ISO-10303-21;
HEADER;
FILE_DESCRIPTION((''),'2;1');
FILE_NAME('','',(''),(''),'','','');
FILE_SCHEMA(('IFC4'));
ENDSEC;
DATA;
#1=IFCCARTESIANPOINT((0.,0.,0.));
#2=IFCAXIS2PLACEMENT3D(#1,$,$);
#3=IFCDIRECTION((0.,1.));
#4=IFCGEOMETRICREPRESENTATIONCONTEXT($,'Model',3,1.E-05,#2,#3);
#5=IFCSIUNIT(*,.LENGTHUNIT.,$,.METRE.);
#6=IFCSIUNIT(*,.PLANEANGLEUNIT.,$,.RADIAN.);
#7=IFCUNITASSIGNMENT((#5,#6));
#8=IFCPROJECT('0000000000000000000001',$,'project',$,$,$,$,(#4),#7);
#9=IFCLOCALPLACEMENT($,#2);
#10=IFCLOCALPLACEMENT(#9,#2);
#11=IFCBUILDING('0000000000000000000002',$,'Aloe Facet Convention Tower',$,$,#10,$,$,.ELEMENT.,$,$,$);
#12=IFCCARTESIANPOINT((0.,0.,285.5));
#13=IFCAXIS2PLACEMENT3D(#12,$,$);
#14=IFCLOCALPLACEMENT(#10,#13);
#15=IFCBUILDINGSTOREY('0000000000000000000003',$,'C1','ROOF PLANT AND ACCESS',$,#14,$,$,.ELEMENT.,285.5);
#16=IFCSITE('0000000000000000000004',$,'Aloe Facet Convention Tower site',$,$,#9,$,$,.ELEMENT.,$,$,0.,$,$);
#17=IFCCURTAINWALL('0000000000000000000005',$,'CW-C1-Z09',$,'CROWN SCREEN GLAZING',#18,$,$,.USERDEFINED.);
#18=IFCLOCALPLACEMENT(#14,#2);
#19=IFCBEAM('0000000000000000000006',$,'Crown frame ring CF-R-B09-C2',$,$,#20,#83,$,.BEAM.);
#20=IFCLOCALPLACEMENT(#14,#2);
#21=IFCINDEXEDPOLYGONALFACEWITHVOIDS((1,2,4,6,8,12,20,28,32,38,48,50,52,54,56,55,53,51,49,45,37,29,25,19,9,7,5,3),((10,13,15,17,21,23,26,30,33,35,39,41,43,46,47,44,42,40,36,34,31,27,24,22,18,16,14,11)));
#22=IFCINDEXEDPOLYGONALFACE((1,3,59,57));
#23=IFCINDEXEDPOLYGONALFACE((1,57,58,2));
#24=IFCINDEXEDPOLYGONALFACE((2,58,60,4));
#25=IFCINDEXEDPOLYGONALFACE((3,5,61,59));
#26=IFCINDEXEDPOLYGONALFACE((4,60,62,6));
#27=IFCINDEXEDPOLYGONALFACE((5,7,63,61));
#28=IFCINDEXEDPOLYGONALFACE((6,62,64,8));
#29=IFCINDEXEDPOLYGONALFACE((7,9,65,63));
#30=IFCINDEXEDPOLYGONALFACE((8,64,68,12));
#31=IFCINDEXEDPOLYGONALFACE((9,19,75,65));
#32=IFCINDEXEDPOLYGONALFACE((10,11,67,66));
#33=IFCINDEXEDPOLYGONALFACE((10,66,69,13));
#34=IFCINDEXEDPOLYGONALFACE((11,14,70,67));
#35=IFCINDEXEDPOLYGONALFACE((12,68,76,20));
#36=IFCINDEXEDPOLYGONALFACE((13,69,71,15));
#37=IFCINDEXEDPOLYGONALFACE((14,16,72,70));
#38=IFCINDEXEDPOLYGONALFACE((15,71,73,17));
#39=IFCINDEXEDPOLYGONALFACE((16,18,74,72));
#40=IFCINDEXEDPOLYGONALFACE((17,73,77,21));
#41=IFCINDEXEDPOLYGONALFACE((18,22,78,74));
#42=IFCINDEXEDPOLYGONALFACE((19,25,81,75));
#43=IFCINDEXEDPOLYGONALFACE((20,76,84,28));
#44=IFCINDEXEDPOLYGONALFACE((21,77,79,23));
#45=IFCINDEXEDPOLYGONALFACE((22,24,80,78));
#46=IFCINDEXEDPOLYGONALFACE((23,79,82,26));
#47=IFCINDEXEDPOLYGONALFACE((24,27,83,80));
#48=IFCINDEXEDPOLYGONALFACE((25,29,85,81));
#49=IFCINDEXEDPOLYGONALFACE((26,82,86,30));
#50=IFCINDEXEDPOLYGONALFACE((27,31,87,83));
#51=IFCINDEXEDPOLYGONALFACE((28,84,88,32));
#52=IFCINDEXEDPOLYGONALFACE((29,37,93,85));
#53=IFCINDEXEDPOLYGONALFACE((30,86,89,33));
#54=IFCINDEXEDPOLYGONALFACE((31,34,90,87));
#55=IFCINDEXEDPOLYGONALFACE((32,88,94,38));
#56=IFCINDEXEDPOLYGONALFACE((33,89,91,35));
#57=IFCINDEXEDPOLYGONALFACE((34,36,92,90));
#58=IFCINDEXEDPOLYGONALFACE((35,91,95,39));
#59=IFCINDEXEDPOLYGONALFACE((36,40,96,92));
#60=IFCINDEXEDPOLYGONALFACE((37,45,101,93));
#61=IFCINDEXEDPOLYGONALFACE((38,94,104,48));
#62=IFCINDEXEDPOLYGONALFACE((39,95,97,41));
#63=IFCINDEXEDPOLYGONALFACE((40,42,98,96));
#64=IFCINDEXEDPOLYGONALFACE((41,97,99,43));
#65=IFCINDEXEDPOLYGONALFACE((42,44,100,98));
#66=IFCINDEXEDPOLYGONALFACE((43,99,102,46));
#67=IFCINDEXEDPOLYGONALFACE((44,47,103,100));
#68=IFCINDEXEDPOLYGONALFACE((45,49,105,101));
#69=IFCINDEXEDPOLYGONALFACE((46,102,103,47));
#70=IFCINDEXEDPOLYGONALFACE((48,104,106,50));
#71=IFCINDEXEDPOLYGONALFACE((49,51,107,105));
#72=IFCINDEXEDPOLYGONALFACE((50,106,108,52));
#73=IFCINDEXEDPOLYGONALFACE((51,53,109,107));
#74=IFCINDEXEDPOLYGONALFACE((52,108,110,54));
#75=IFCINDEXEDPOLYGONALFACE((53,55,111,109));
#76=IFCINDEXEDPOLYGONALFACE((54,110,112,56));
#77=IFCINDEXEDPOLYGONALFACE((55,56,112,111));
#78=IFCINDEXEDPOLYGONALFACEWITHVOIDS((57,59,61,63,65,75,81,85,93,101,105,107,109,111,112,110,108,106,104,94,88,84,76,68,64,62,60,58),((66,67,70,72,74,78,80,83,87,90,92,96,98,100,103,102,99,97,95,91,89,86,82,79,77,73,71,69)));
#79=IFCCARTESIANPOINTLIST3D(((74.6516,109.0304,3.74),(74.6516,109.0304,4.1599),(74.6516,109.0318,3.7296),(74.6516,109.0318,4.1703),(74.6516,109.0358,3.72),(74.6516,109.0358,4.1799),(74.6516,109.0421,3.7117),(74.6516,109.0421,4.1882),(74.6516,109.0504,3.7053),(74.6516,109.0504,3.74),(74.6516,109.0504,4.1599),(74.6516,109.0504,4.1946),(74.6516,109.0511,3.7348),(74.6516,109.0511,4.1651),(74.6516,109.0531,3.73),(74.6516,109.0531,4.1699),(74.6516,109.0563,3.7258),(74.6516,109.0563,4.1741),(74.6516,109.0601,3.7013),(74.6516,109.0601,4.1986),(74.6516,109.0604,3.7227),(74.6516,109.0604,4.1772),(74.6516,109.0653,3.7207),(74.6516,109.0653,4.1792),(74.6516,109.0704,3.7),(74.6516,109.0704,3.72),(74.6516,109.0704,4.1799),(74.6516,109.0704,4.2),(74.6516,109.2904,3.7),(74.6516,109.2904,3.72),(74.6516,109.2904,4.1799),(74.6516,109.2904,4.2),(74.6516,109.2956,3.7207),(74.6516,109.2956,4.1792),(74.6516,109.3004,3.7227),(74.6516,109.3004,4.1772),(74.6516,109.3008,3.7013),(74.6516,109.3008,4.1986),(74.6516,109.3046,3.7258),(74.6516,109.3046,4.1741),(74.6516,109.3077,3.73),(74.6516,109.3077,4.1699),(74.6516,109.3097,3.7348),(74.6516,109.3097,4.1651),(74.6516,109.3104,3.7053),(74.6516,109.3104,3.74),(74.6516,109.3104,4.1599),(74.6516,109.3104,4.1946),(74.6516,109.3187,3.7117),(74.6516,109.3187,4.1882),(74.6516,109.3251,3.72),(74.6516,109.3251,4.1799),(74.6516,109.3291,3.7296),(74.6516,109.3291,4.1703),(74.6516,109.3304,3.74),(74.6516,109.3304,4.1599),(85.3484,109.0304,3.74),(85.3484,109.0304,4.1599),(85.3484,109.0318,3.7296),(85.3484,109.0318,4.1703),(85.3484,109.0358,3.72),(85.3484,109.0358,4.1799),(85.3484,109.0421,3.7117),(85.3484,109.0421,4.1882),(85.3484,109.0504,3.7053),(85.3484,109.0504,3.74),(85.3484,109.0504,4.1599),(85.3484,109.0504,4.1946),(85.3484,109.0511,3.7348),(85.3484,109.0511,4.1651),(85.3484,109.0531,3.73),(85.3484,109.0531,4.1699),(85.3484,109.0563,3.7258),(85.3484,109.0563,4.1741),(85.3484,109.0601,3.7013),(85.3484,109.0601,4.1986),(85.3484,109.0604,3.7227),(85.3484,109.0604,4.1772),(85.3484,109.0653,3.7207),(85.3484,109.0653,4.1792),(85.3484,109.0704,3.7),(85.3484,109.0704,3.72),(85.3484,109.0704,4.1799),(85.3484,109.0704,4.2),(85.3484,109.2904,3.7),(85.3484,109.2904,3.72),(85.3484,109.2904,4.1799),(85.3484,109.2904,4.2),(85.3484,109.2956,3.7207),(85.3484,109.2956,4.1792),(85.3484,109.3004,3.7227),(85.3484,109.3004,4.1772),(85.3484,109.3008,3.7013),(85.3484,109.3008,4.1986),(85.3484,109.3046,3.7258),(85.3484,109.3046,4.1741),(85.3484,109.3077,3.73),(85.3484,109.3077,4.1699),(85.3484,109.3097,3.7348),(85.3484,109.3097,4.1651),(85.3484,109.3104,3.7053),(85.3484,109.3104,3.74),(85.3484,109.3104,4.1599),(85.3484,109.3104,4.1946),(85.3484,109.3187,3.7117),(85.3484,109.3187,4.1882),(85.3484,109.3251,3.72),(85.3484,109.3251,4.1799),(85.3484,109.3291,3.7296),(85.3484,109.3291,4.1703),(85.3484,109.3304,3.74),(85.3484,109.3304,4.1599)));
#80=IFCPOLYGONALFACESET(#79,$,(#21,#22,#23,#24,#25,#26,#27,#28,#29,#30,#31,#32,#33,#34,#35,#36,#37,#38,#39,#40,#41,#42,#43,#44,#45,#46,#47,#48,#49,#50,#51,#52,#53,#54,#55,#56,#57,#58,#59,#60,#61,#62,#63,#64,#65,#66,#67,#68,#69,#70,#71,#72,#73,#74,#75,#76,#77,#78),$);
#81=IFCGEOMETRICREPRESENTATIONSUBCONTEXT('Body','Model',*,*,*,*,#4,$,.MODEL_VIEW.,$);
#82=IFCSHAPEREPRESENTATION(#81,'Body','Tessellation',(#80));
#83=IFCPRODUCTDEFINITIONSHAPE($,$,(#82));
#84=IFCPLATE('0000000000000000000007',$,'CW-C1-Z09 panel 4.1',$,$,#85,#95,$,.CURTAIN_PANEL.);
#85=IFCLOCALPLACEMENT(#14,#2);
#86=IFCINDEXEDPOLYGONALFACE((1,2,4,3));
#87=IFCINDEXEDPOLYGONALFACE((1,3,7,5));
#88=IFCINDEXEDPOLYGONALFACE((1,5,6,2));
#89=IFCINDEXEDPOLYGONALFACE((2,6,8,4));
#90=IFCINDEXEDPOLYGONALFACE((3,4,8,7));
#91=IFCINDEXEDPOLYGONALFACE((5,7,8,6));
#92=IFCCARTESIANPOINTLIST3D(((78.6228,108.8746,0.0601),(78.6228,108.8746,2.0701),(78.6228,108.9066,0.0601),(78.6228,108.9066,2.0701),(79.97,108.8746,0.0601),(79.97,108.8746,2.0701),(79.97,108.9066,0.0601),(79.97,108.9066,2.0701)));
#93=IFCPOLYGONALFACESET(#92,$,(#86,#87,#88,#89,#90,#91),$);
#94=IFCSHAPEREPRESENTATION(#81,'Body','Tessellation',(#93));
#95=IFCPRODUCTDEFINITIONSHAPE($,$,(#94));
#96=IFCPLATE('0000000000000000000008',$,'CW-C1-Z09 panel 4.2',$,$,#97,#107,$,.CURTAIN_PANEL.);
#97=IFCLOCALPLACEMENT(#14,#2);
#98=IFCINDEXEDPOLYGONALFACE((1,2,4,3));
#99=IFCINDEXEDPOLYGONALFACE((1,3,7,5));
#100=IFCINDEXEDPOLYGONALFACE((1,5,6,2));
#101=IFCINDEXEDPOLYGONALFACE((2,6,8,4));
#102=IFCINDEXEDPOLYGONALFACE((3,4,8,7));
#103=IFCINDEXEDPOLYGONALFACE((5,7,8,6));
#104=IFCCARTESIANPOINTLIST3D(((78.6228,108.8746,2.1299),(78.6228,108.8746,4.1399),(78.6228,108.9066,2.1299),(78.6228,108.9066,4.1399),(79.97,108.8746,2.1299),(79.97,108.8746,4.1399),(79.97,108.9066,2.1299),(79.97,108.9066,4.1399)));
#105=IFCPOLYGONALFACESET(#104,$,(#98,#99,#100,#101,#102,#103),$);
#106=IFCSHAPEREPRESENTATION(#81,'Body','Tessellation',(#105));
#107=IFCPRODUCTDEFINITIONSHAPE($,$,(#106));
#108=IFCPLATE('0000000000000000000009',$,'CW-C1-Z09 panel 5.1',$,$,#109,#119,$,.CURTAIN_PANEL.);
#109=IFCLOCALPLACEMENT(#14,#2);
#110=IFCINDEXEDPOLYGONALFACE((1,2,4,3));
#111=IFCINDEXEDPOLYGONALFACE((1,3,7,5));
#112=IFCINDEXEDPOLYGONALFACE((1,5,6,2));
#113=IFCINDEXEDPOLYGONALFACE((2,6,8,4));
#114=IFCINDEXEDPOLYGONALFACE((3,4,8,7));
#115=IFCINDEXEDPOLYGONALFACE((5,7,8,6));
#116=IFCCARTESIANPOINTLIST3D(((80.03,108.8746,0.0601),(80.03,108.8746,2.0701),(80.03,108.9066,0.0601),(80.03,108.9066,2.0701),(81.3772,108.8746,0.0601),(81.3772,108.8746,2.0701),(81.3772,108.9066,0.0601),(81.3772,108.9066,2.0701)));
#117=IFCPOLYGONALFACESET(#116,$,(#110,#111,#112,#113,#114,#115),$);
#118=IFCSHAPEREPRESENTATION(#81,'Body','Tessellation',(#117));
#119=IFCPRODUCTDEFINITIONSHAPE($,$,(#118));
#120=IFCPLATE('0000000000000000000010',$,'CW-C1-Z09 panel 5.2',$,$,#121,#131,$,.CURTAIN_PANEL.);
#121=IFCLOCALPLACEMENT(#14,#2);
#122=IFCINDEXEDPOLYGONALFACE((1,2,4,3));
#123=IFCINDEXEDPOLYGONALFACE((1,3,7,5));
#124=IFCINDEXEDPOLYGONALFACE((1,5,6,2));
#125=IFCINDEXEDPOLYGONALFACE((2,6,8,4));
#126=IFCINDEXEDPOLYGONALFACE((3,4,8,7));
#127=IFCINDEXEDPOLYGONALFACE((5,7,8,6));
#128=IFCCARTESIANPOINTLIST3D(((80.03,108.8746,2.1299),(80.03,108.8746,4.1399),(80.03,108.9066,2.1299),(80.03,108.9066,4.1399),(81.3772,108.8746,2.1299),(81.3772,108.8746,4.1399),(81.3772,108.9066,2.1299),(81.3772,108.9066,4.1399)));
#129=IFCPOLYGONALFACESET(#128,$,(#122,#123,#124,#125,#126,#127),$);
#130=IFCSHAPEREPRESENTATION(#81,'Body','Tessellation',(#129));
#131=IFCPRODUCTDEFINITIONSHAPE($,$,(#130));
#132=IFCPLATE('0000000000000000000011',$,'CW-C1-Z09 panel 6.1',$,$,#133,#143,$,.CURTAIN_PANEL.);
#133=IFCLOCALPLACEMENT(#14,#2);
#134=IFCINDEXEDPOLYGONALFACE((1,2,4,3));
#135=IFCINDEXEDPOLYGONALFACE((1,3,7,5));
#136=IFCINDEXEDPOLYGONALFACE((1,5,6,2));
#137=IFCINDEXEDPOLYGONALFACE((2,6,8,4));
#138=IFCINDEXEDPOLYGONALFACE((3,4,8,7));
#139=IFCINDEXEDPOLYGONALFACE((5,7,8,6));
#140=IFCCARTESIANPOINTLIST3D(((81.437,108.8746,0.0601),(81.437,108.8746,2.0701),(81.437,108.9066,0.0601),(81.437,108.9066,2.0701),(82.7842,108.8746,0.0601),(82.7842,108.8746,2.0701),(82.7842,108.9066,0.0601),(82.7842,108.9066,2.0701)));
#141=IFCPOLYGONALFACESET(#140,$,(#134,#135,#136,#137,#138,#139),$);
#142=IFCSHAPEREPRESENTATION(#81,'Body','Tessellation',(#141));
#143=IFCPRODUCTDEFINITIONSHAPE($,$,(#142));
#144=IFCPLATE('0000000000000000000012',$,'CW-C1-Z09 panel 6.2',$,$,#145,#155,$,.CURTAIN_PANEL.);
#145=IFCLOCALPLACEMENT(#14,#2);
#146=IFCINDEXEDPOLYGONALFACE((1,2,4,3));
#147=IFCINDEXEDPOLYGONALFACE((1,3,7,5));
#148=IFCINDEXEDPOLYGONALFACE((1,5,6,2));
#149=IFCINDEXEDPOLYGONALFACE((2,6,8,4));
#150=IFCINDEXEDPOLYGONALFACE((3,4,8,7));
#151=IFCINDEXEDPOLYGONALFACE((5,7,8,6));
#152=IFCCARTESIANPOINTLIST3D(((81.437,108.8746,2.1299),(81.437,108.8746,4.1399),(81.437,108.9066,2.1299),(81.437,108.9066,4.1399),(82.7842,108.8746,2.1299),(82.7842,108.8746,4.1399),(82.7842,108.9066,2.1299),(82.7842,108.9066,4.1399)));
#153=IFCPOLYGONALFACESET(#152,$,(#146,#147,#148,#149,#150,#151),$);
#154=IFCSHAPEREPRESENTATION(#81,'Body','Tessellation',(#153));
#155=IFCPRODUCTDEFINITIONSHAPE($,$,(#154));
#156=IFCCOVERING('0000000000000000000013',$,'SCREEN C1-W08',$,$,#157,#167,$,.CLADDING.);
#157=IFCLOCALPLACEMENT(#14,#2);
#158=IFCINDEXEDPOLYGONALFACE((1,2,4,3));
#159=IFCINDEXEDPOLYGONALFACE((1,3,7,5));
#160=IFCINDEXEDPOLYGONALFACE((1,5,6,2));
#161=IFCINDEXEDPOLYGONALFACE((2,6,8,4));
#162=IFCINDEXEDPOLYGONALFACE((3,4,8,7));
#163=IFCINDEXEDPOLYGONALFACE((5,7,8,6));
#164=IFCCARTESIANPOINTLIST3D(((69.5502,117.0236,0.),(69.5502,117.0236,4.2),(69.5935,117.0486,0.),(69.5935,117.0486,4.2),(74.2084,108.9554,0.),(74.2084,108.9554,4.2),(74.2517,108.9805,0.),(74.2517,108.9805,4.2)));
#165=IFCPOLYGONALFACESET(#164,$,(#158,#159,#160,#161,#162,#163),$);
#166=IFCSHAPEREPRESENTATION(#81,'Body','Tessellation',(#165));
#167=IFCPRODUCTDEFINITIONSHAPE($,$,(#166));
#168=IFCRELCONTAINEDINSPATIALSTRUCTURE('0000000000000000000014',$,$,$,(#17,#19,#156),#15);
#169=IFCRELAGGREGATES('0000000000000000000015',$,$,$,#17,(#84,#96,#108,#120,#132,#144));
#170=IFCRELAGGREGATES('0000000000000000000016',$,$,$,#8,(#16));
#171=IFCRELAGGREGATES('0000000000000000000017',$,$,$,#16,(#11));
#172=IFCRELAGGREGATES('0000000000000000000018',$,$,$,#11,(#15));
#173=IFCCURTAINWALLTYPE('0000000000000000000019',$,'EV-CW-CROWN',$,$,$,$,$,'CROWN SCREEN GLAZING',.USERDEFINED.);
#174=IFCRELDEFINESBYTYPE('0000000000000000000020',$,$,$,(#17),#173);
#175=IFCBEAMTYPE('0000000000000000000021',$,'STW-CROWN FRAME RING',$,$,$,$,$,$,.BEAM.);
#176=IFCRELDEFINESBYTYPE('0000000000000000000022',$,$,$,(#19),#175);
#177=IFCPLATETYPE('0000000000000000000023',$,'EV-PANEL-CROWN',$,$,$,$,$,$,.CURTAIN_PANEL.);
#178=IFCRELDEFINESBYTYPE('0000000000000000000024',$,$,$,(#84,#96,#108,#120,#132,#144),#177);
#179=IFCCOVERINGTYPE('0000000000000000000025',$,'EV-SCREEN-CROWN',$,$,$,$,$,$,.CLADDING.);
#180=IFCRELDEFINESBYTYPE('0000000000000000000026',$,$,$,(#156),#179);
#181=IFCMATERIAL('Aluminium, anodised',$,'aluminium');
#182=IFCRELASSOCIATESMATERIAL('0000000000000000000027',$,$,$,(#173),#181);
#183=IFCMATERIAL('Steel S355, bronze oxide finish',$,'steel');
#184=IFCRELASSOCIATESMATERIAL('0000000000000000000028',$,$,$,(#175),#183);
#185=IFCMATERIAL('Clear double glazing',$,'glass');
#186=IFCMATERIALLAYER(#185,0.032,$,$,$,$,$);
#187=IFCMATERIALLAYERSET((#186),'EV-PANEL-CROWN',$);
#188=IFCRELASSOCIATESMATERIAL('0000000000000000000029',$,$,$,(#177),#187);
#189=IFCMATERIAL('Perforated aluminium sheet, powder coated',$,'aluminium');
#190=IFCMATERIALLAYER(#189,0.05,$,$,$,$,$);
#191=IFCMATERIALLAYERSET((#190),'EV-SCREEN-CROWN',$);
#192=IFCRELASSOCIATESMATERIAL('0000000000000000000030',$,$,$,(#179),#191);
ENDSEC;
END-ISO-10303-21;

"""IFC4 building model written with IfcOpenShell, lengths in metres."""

from ifc_helpers import new_model, si_unit, direction, frame, origin, origin_2d, place, context, subcontext, project, spatial, polyline, rectangle, hollow_rectangle, outline, extrude, material, layer, layer_set, material_profile, profile_set, type_object, element, aggregate, save


model = new_model("IFC4")

# Units and contexts
model_context = context("Model", 3, precision=1e-05, world=origin(), true_north=direction((0.0, 1.0)))
body_context = subcontext(model_context, "Body", "Model", "MODEL_VIEW")
ifc_project = project(units=[si_unit("LENGTHUNIT", "METRE"), si_unit("PLANEANGLEUNIT", "RADIAN")], contexts=[model_context])

# Site, building, storey
site_placement = place(None, origin())
site = spatial("IfcSite", under=ifc_project, at=site_placement, Name="Aloe Facet Convention Tower site", CompositionType="ELEMENT", RefElevation=0.0)
building_placement = place(site_placement, origin())
building = spatial("IfcBuilding", under=site, at=building_placement, Name="Aloe Facet Convention Tower", CompositionType="ELEMENT")
storey_placement = place(building_placement, frame((0.0, 0.0, 285.5)))
storey = spatial("IfcBuildingStorey", under=building, at=storey_placement, Name="C1", Description="ROOF PLANT AND ACCESS", CompositionType="ELEMENT", Elevation=285.5)

# Curtain wall
ifc_material_1 = material(Name="Aluminium, anodised", Category="aluminium")
curtain_wall_type = type_object("IfcCurtainWallType", Name="EV-CW-CROWN", ElementType="CROWN SCREEN GLAZING", PredefinedType="USERDEFINED", material=ifc_material_1)
curtain_wall_placement = place(storey_placement, origin())
curtain_wall = element("IfcCurtainWall", 1, at=curtain_wall_placement, inside=storey, type_object=curtain_wall_type, Name="CW-C1-Z09", ObjectType="CROWN SCREEN GLAZING", PredefinedType="USERDEFINED")

# Beam
ifc_material_2 = material(Name="Steel S355, bronze oxide finish", Category="steel")
ifc_material_profile_1 = material_profile(ifc_material_2, hollow_rectangle(XDim=0.3, YDim=0.5, WallThickness=0.02, InnerFilletRadius=0.02, OuterFilletRadius=0.04, at=origin_2d()), Name="RHS 500x300x20")
ifc_profile_set_1 = profile_set([ifc_material_profile_1], Name="Steel S355, bronze oxide finish")
beam_type = type_object("IfcBeamType", Name="STW-CROWN FRAME RING", PredefinedType="BEAM", material=ifc_profile_set_1)
for number, where, z_axis, x_axis, name in (
    (2, (74.6516, 109.1804, 3.95), (1.0, 0.0, 0.0), (0.0, 1.0, 0.0), "Crown frame ring CF-R-B09-C2"),
):
    element("IfcBeam", number, at=place(storey_placement, frame(where, z_axis=z_axis, x_axis=x_axis)), inside=storey, type_object=beam_type, Name=name, PredefinedType="BEAM", context=body_context, shape_type="SweptSolid", body=[
        extrude(hollow_rectangle(XDim=0.3, YDim=0.5, WallThickness=0.02, InnerFilletRadius=0.02, OuterFilletRadius=0.04, at=origin_2d()), origin(), (0.0, 0.0, 1.0), 10.6968),
    ])

# Plates
ifc_material_3 = material(Name="Clear double glazing", Category="glass")
ifc_layer_1 = layer(ifc_material_3, 0.032)
ifc_layer_set_1 = layer_set([ifc_layer_1], Name="EV-PANEL-CROWN")
plate_type = type_object("IfcPlateType", Name="EV-PANEL-CROWN", PredefinedType="CURTAIN_PANEL", material=ifc_layer_set_1)
plate_1_placement = place(storey_placement, frame((79.2964, 108.8906, 0.0601), z_axis=(0.0, 0.0, 1.0), x_axis=(1.0, 0.0, 0.0)))
plate_1 = element("IfcPlate", 3, at=plate_1_placement, type_object=plate_type, Name="CW-C1-Z09 panel 4.1", PredefinedType="CURTAIN_PANEL", context=body_context, shape_type="SweptSolid", body=[
    extrude(rectangle(XDim=1.3472, YDim=0.032, at=origin_2d()), origin(), (0.0, 0.0, 1.0), 2.01),
])
plate_2_placement = place(storey_placement, frame((79.2964, 108.8906, 2.1299), z_axis=(0.0, 0.0, 1.0), x_axis=(1.0, 0.0, 0.0)))
plate_2 = element("IfcPlate", 4, at=plate_2_placement, type_object=plate_type, Name="CW-C1-Z09 panel 4.2", PredefinedType="CURTAIN_PANEL", context=body_context, shape_type="SweptSolid", body=[
    extrude(rectangle(XDim=1.3472, YDim=0.032, at=origin_2d()), origin(), (0.0, 0.0, 1.0), 2.01),
])
plate_3_placement = place(storey_placement, frame((80.7036, 108.8906, 0.0601), z_axis=(0.0, 0.0, 1.0), x_axis=(1.0, 0.0, 0.0)))
plate_3 = element("IfcPlate", 5, at=plate_3_placement, type_object=plate_type, Name="CW-C1-Z09 panel 5.1", PredefinedType="CURTAIN_PANEL", context=body_context, shape_type="SweptSolid", body=[
    extrude(rectangle(XDim=1.3472, YDim=0.032, at=origin_2d()), origin(), (0.0, 0.0, 1.0), 2.01),
])
plate_4_placement = place(storey_placement, frame((80.7036, 108.8906, 2.1299), z_axis=(0.0, 0.0, 1.0), x_axis=(1.0, 0.0, 0.0)))
plate_4 = element("IfcPlate", 6, at=plate_4_placement, type_object=plate_type, Name="CW-C1-Z09 panel 5.2", PredefinedType="CURTAIN_PANEL", context=body_context, shape_type="SweptSolid", body=[
    extrude(rectangle(XDim=1.3472, YDim=0.032, at=origin_2d()), origin(), (0.0, 0.0, 1.0), 2.01),
])
plate_5_placement = place(storey_placement, frame((82.1106, 108.8906, 0.0601), z_axis=(0.0, 0.0, 1.0), x_axis=(1.0, 0.0, 0.0)))
plate_5 = element("IfcPlate", 7, at=plate_5_placement, type_object=plate_type, Name="CW-C1-Z09 panel 6.1", PredefinedType="CURTAIN_PANEL", context=body_context, shape_type="SweptSolid", body=[
    extrude(rectangle(XDim=1.3472, YDim=0.032, at=origin_2d()), origin(), (0.0, 0.0, 1.0), 2.01),
])
plate_6_placement = place(storey_placement, frame((82.1106, 108.8906, 2.1299), z_axis=(0.0, 0.0, 1.0), x_axis=(1.0, 0.0, 0.0)))
plate_6 = element("IfcPlate", 8, at=plate_6_placement, type_object=plate_type, Name="CW-C1-Z09 panel 6.2", PredefinedType="CURTAIN_PANEL", context=body_context, shape_type="SweptSolid", body=[
    extrude(rectangle(XDim=1.3472, YDim=0.032, at=origin_2d()), origin(), (0.0, 0.0, 1.0), 2.01),
])
aggregate(curtain_wall, [plate_1, plate_2, plate_3, plate_4, plate_5, plate_6])

# Covering
ifc_material_4 = material(Name="Perforated aluminium sheet, powder coated", Category="aluminium")
ifc_layer_2 = layer(ifc_material_4, 0.05)
ifc_layer_set_2 = layer_set([ifc_layer_2], Name="EV-SCREEN-CROWN")
covering_type = type_object("IfcCoveringType", Name="EV-SCREEN-CROWN", PredefinedType="CLADDING", material=ifc_layer_set_2)
covering_placement = place(storey_placement, frame((69.5935, 117.0486, 0.0), z_axis=(0.866022, 0.500006, 0.0), x_axis=(0.0, 0.0, 1.0)))
element("IfcCovering", 9, at=covering_placement, inside=storey, type_object=covering_type, Name="SCREEN C1-W08", PredefinedType="CLADDING", context=body_context, shape_type="SweptSolid", body=[
    extrude(outline(polyline([(0.0, 0.0), (4.2, 0.0), (4.2, 9.3163), (0.0, 9.3163), (0.0, 0.0)])), origin(), (0.0, 0.0, -1.0), 0.05),
])

save(model, "model.ifc")
